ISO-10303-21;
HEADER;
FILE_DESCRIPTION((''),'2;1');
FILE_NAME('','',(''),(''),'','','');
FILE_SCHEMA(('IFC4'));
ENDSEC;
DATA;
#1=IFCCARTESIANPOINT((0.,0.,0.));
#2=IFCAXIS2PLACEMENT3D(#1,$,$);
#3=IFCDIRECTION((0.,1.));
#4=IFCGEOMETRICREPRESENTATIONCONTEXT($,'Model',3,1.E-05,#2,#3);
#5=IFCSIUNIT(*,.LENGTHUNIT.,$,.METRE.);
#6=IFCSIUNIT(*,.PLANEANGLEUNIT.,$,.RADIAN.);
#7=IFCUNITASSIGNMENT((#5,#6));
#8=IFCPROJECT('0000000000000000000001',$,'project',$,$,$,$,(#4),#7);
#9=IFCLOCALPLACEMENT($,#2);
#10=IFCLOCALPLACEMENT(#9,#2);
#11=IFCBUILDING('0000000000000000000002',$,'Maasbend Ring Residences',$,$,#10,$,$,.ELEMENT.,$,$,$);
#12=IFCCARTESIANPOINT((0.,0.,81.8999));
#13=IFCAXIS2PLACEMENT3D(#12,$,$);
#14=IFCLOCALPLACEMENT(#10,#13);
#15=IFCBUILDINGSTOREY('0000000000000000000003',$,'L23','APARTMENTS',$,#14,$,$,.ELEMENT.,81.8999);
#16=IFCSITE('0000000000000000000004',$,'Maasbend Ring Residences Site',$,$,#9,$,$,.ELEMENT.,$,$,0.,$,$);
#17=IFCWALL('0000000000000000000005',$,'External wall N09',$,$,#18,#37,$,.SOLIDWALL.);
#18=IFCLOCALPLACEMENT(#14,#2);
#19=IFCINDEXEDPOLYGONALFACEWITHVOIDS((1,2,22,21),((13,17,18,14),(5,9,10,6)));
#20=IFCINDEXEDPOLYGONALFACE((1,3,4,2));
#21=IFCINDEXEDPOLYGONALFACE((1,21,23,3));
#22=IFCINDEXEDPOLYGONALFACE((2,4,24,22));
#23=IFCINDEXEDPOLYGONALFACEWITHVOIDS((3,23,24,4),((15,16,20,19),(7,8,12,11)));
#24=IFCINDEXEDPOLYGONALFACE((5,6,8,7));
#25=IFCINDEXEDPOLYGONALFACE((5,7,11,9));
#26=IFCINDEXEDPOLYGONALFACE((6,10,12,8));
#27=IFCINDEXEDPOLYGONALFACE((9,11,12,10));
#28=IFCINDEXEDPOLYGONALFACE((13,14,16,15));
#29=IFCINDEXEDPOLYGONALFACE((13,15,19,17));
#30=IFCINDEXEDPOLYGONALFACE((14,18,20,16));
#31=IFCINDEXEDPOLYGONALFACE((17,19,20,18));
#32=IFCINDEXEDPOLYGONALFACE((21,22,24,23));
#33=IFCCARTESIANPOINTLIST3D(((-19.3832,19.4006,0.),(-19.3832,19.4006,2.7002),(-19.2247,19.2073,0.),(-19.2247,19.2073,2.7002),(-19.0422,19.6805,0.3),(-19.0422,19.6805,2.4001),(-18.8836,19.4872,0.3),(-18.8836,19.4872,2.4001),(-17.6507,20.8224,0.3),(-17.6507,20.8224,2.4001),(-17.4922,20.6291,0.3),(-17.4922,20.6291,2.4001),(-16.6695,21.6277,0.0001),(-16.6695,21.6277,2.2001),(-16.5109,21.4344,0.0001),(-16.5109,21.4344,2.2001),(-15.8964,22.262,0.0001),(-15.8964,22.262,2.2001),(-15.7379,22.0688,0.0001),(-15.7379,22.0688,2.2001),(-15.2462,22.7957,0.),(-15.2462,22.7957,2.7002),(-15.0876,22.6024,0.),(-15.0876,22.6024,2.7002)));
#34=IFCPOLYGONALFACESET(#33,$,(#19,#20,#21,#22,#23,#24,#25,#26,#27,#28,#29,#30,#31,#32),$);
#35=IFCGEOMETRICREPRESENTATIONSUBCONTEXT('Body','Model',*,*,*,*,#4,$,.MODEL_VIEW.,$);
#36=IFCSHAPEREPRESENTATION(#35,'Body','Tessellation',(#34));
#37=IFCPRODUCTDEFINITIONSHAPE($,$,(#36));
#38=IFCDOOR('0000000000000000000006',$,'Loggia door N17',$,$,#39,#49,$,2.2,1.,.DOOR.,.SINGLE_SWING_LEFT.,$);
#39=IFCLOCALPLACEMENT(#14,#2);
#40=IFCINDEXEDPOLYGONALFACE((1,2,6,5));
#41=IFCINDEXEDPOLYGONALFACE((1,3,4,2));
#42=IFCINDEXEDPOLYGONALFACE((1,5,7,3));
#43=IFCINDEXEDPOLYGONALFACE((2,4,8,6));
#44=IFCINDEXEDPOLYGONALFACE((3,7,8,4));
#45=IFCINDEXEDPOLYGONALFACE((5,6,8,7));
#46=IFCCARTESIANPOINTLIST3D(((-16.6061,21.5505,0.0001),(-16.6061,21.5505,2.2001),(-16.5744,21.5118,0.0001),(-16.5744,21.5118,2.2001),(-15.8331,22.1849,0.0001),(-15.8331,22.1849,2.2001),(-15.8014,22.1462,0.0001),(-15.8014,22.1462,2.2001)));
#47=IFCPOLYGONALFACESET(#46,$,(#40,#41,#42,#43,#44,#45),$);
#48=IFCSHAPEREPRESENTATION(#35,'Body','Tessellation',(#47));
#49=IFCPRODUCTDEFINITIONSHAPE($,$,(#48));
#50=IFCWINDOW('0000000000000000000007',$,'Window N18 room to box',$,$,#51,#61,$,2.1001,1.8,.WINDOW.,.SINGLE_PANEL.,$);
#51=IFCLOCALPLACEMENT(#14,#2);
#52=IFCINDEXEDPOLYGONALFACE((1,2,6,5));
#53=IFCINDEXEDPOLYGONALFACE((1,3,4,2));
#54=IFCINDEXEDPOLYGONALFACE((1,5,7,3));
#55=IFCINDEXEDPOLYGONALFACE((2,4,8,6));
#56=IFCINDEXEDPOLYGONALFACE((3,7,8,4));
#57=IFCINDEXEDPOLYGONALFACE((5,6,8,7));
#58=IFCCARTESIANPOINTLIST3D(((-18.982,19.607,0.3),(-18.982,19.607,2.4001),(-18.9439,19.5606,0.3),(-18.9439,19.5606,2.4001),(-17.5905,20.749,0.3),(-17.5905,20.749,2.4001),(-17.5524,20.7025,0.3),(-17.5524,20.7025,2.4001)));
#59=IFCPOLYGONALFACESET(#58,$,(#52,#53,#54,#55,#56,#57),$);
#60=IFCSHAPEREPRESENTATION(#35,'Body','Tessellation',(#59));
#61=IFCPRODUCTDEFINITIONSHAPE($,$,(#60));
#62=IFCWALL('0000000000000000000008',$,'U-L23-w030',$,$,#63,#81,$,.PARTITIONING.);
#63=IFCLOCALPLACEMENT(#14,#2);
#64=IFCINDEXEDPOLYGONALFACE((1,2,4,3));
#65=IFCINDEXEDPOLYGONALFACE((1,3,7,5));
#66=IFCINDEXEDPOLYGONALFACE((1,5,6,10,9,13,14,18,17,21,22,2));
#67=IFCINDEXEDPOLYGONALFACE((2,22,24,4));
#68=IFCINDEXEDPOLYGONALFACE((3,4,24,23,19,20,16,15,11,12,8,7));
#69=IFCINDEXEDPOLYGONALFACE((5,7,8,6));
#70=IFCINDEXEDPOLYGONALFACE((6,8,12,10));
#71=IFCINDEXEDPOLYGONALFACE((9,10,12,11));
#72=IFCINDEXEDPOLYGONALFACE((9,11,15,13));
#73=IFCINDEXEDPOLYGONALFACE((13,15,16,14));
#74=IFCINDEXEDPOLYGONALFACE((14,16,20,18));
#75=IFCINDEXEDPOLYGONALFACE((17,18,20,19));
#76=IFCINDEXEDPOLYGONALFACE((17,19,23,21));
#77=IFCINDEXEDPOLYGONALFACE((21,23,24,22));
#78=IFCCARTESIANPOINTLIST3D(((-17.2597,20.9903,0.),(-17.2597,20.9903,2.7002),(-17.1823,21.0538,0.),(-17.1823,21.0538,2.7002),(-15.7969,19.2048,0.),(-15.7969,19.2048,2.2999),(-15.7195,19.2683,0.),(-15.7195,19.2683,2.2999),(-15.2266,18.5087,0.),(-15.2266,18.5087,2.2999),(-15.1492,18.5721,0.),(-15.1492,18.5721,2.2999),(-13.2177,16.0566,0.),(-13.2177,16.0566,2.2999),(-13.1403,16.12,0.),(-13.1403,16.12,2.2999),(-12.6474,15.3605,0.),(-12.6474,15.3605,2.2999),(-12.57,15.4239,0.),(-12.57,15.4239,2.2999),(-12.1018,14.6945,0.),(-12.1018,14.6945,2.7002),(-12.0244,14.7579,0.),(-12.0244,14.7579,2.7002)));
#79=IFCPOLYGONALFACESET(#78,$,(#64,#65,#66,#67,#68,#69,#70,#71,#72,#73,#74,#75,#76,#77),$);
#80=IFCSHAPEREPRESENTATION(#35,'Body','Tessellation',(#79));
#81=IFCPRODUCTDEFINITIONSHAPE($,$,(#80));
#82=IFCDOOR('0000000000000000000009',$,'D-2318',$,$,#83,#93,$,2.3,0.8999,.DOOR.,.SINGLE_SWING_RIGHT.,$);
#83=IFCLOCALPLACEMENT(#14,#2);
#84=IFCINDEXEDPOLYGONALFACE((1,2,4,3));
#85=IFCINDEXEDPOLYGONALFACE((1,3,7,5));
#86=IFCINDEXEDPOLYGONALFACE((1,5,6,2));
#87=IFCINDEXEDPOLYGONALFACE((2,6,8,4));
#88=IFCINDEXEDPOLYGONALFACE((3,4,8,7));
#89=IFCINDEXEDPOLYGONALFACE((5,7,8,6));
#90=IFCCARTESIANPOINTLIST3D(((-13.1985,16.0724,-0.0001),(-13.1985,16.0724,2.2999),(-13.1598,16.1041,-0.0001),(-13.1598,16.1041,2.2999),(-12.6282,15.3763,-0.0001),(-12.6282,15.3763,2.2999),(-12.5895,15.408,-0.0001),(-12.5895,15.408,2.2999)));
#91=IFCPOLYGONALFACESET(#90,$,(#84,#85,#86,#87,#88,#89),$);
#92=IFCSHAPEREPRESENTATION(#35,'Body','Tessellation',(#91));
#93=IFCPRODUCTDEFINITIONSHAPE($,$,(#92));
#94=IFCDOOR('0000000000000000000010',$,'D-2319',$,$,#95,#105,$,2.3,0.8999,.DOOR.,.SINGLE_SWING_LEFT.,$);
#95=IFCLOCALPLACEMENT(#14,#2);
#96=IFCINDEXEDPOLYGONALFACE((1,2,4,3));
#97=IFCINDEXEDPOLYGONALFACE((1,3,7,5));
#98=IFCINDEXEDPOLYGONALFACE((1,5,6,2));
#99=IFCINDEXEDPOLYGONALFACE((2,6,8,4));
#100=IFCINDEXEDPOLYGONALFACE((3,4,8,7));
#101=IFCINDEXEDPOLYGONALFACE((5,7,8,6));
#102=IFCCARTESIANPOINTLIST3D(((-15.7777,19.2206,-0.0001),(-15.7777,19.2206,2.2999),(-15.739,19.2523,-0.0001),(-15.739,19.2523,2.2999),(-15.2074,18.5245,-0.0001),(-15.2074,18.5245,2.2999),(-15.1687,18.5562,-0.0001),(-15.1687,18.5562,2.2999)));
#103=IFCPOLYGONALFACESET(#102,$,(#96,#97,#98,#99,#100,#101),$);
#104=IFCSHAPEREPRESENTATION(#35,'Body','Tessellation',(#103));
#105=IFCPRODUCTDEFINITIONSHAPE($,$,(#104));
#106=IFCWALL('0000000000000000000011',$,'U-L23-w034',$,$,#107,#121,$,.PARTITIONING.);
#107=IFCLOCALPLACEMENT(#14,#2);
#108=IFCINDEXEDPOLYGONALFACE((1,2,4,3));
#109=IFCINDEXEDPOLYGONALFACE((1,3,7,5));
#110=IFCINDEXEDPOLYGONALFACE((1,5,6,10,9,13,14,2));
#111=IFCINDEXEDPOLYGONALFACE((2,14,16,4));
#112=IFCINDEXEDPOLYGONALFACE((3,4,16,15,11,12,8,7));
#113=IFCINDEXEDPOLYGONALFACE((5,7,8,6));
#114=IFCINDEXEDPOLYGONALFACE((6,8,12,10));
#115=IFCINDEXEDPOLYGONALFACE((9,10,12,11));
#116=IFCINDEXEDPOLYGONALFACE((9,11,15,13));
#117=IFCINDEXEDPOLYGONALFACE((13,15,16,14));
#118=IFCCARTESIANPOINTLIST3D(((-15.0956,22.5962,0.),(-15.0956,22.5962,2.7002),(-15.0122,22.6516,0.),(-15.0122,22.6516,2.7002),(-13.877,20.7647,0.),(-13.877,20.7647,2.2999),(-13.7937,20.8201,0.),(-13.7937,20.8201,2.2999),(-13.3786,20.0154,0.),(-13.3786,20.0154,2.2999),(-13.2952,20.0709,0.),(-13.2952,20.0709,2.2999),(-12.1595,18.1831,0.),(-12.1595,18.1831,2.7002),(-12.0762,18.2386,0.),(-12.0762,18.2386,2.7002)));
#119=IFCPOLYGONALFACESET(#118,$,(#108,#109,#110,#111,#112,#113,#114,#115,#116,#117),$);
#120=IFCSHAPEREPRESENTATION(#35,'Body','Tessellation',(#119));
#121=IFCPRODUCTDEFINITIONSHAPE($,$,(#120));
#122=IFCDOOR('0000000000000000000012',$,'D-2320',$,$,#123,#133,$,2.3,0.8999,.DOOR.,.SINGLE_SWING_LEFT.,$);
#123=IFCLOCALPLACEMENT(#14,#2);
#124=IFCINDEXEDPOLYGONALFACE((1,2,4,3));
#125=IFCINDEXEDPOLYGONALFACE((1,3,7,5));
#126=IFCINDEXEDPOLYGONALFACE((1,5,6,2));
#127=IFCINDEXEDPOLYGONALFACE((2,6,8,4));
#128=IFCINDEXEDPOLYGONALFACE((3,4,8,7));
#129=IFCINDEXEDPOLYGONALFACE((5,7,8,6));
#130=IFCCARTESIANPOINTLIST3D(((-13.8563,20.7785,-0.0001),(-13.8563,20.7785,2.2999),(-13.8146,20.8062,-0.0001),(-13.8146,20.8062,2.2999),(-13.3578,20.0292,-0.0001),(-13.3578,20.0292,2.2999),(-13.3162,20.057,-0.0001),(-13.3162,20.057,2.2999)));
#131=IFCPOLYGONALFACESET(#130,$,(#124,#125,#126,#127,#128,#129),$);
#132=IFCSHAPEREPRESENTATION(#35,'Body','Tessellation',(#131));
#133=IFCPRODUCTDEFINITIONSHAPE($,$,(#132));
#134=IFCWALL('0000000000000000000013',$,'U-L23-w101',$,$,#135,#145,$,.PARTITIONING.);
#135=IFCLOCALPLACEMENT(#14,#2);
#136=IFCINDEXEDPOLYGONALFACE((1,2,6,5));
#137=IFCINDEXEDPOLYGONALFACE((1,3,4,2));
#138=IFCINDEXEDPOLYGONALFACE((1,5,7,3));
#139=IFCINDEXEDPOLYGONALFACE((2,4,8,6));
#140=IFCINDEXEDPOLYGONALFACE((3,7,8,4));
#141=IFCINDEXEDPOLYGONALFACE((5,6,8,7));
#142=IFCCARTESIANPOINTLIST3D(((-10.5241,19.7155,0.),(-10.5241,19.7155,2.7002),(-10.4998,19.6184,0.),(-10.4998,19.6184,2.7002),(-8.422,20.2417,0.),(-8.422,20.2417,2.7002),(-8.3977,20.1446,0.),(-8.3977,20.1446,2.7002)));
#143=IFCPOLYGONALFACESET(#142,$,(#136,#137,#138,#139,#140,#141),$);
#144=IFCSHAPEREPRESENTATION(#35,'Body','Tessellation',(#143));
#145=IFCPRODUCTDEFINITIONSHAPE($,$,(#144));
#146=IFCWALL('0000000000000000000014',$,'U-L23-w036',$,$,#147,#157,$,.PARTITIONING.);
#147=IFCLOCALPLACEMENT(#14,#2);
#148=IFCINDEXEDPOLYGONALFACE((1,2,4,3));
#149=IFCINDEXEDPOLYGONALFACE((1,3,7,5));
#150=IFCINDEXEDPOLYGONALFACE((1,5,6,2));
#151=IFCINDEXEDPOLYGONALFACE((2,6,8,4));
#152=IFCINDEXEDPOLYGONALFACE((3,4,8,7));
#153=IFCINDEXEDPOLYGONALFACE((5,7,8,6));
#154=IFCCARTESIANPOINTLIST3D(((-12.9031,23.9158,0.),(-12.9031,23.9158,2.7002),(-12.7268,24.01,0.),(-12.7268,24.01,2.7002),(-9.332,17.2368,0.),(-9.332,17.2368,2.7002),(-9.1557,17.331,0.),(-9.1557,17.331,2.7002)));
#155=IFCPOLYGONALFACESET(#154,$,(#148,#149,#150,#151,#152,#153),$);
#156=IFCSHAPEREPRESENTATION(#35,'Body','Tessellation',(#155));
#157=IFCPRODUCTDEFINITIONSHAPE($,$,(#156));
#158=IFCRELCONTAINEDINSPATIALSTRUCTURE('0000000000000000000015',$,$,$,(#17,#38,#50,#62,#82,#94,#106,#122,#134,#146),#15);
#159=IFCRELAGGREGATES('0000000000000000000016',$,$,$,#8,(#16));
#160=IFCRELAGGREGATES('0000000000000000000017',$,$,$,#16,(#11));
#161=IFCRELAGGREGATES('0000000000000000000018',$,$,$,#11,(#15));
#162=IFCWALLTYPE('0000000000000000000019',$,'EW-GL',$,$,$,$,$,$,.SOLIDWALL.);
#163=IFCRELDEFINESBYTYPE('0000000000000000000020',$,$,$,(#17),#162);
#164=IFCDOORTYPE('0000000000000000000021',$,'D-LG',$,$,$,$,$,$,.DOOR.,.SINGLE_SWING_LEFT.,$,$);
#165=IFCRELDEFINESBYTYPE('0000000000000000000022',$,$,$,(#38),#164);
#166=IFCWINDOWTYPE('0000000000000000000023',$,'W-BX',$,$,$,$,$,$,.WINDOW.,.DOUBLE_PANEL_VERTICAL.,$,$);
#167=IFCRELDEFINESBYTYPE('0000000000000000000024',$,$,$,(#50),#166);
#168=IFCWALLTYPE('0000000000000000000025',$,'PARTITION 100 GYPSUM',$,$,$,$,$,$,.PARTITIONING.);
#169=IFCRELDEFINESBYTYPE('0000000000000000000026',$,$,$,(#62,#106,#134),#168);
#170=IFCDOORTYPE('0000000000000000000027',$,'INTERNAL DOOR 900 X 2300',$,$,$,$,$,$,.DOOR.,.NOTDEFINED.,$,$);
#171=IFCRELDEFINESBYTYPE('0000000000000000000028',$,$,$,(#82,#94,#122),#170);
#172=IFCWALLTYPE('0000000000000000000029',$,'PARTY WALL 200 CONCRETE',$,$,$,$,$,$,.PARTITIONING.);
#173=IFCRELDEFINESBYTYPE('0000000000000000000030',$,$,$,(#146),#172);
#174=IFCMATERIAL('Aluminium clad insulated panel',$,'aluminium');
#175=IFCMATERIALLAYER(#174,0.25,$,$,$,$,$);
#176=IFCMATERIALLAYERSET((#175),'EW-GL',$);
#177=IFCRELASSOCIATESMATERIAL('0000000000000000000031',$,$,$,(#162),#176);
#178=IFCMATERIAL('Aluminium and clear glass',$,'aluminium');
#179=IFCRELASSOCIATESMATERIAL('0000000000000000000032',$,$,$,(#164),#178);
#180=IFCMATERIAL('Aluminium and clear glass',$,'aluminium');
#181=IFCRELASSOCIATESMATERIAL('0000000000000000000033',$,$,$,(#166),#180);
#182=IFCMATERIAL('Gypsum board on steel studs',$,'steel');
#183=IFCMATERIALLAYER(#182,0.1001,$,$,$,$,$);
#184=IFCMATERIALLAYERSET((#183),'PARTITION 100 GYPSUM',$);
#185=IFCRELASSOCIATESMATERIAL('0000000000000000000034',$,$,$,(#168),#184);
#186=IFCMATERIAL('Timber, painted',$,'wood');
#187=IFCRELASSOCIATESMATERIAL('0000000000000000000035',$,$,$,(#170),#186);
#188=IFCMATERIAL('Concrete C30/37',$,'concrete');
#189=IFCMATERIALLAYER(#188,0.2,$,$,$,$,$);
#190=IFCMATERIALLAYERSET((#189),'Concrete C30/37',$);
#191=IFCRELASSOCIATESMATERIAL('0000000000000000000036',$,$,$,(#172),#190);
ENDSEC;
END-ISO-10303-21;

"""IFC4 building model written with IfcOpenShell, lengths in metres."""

from ifc_helpers import new_model, si_unit, direction, frame, frame_2d, origin, place, context, subcontext, project, spatial, rectangle, extrude, material, layer, layer_set, type_object, element, fill, save


model = new_model("IFC4")

# Units and contexts
model_context = context("Model", 3, precision=1e-05, world=origin(), true_north=direction((0.0, 1.0)))
body_context = subcontext(model_context, "Body", "Model", "MODEL_VIEW")
ifc_project = project(units=[si_unit("LENGTHUNIT", "METRE"), si_unit("PLANEANGLEUNIT", "RADIAN")], contexts=[model_context])

# Site, building, storey
site_placement = place(None, origin())
site = spatial("IfcSite", under=ifc_project, at=site_placement, Name="Maasbend Ring Residences Site", CompositionType="ELEMENT", RefElevation=0.0)
building_placement = place(site_placement, origin())
building = spatial("IfcBuilding", under=site, at=building_placement, Name="Maasbend Ring Residences", CompositionType="ELEMENT")
storey_placement = place(building_placement, frame((0.0, 0.0, 81.8999)))
storey = spatial("IfcBuildingStorey", under=building, at=storey_placement, Name="L23", Description="APARTMENTS", CompositionType="ELEMENT", Elevation=81.8999)

# Wall, openings, door, window
ifc_material_1 = material(Name="Aluminium clad insulated panel", Category="aluminium")
ifc_layer_1 = layer(ifc_material_1, 0.25)
ifc_layer_set_1 = layer_set([ifc_layer_1], Name="EW-GL")
wall_type_1 = type_object("IfcWallType", Name="EW-GL", PredefinedType="SOLIDWALL", material=ifc_layer_set_1)
wall_1_placement = place(storey_placement, frame((-15.167, 22.699, 0.0), z_axis=(0.0, 0.0, 1.0), x_axis=(-0.773019, -0.634382, 0.0)))
wall_1 = element("IfcWall", 1, at=wall_1_placement, inside=storey, type_object=wall_type_1, Name="External wall N09", PredefinedType="SOLIDWALL", context=body_context, shape_type="SweptSolid", body=[
    extrude(rectangle(XDim=5.3518, YDim=0.25, at=frame_2d((2.6758, 0.0))), origin(), (0.0, 0.0, 1.0), 2.7002),
])
opening_1_placement = place(wall_1_placement, frame((0.8411, 0.0, 0.0)))
opening_1 = element("IfcOpeningElement", 2, at=opening_1_placement, cuts=wall_1, PredefinedType="OPENING", context=body_context, shape_type="SweptSolid", body=[
    extrude(rectangle(XDim=1.0, YDim=2.2, at=frame_2d((0.5, 1.1001))), frame((0.0, 0.135, 0.0), z_axis=(0.0, -1.0, 0.0), x_axis=(1.0, 0.0, 0.0)), (0.0, 0.0, 1.0), 0.27),
])
opening_2_placement = place(wall_1_placement, frame((3.1106, 0.0, 0.3)))
opening_2 = element("IfcOpeningElement", 3, at=opening_2_placement, cuts=wall_1, PredefinedType="OPENING", context=body_context, shape_type="SweptSolid", body=[
    extrude(rectangle(XDim=1.8, YDim=2.1001, at=frame_2d((0.8999, 1.05))), frame((0.0, 0.135, 0.0), z_axis=(0.0, -1.0, 0.0), x_axis=(1.0, 0.0, 0.0)), (0.0, 0.0, 1.0), 0.27),
])
ifc_material_2 = material(Name="Aluminium and clear glass", Category="aluminium")
door_type_1 = type_object("IfcDoorType", Name="D-LG", OperationType="SINGLE_SWING_LEFT", PredefinedType="DOOR", material=ifc_material_2)
door_1_placement = place(opening_1_placement, origin())
door_1 = element("IfcDoor", 4, at=door_1_placement, inside=storey, type_object=door_type_1, Name="Loggia door N17", OperationType="SINGLE_SWING_LEFT", OverallHeight=2.2, OverallWidth=1.0, PredefinedType="DOOR", context=body_context, shape_type="SweptSolid", body=[
    extrude(rectangle(XDim=1.0, YDim=2.2, at=frame_2d((0.5, 1.1001))), frame((0.0, 0.0249, 0.0), z_axis=(0.0, -1.0, 0.0), x_axis=(1.0, 0.0, 0.0)), (0.0, 0.0, 1.0), 0.05),
])
fill(opening_1, door_1)
ifc_material_3 = material(Name="Aluminium and clear glass", Category="aluminium")
window_type_1 = type_object("IfcWindowType", Name="W-BX", PartitioningType="DOUBLE_PANEL_VERTICAL", PredefinedType="WINDOW", material=ifc_material_3)
window_1_placement = place(opening_2_placement, origin())
window_1 = element("IfcWindow", 5, at=window_1_placement, inside=storey, type_object=window_type_1, Name="Window N18 room to box", OverallHeight=2.1001, OverallWidth=1.8, PartitioningType="SINGLE_PANEL", PredefinedType="WINDOW", context=body_context, shape_type="SweptSolid", body=[
    extrude(rectangle(XDim=1.8, YDim=2.1001, at=frame_2d((0.8999, 1.05))), frame((0.0, 0.03, 0.0), z_axis=(0.0, -1.0, 0.0), x_axis=(1.0, 0.0, 0.0)), (0.0, 0.0, 1.0), 0.0601),
])
fill(opening_2, window_1)

# Wall, openings, doors
ifc_material_4 = material(Name="Gypsum board on steel studs", Category="steel")
ifc_layer_2 = layer(ifc_material_4, 0.1001)
ifc_layer_set_2 = layer_set([ifc_layer_2], Name="PARTITION 100 GYPSUM")
wall_type_2 = type_object("IfcWallType", Name="PARTITION 100 GYPSUM", PredefinedType="PARTITIONING", material=ifc_layer_set_2)
wall_2_placement = place(storey_placement, frame((-17.2209, 21.022, 0.0), z_axis=(0.0, 0.0, 1.0), x_axis=(0.633736, -0.77355, 0.0)))
wall_2 = element("IfcWall", 6, at=wall_2_placement, inside=storey, type_object=wall_type_2, Name="U-L23-w030", PredefinedType="PARTITIONING", context=body_context, shape_type="SweptSolid", body=[
    extrude(rectangle(XDim=8.1389, YDim=0.1001, at=frame_2d((4.0693, 0.0))), origin(), (0.0, 0.0, 1.0), 2.7002),
])
opening_3_placement = place(wall_2_placement, frame((6.3779, 0.0, 0.0)))
opening_3 = element("IfcOpeningElement", 7, at=opening_3_placement, cuts=wall_2, PredefinedType="OPENING", context=body_context, shape_type="SweptSolid", body=[
    extrude(rectangle(XDim=0.8999, YDim=2.3, at=frame_2d((0.45, 1.1499))), frame((0.0, 0.0601, 0.0), z_axis=(0.0, -1.0, 0.0), x_axis=(1.0, 0.0, 0.0)), (0.0, 0.0, 1.0), 0.1201),
])
opening_4_placement = place(wall_2_placement, frame((2.3081, 0.0, 0.0)))
opening_4 = element("IfcOpeningElement", 8, at=opening_4_placement, cuts=wall_2, PredefinedType="OPENING", context=body_context, shape_type="SweptSolid", body=[
    extrude(rectangle(XDim=0.8999, YDim=2.3, at=frame_2d((0.45, 1.1499))), frame((0.0, 0.0601, 0.0), z_axis=(0.0, -1.0, 0.0), x_axis=(1.0, 0.0, 0.0)), (0.0, 0.0, 1.0), 0.1201),
])
ifc_material_5 = material(Name="Timber, painted", Category="wood")
door_type_2 = type_object("IfcDoorType", Name="INTERNAL DOOR 900 X 2300", OperationType="NOTDEFINED", PredefinedType="DOOR", material=ifc_material_5)
door_2_placement = place(opening_3_placement, origin())
door_2 = element("IfcDoor", 9, at=door_2_placement, inside=storey, type_object=door_type_2, Name="D-2318", OperationType="SINGLE_SWING_RIGHT", OverallHeight=2.3, OverallWidth=0.8999, PredefinedType="DOOR", context=body_context, shape_type="SweptSolid", body=[
    extrude(rectangle(XDim=0.8999, YDim=2.3, at=frame_2d((0.45, 1.1499))), frame((0.0, 0.0249, 0.0), z_axis=(0.0, -1.0, 0.0), x_axis=(1.0, 0.0, 0.0)), (0.0, 0.0, 1.0), 0.05),
])
fill(opening_3, door_2)
door_3_placement = place(opening_4_placement, origin())
door_3 = element("IfcDoor", 10, at=door_3_placement, inside=storey, type_object=door_type_2, Name="D-2319", OperationType="SINGLE_SWING_LEFT", OverallHeight=2.3, OverallWidth=0.8999, PredefinedType="DOOR", context=body_context, shape_type="SweptSolid", body=[
    extrude(rectangle(XDim=0.8999, YDim=2.3, at=frame_2d((0.45, 1.1499))), frame((0.0, 0.0249, 0.0), z_axis=(0.0, -1.0, 0.0), x_axis=(1.0, 0.0, 0.0)), (0.0, 0.0, 1.0), 0.05),
])
fill(opening_4, door_3)

# Wall, opening, door
wall_3_placement = place(storey_placement, frame((-15.054, 22.624, 0.0), z_axis=(0.0, 0.0, 1.0), x_axis=(0.553913, -0.832574, 0.0)))
wall_3 = element("IfcWall", 11, at=wall_3_placement, inside=storey, type_object=wall_type_2, Name="U-L23-w034", PredefinedType="PARTITIONING", context=body_context, shape_type="SweptSolid", body=[
    extrude(rectangle(XDim=5.3005, YDim=0.1001, at=frame_2d((2.6504, 0.0))), origin(), (0.0, 0.0, 1.0), 2.7002),
])
opening_5_placement = place(wall_3_placement, frame((2.2, 0.0, 0.0)))
opening_5 = element("IfcOpeningElement", 12, at=opening_5_placement, cuts=wall_3, PredefinedType="OPENING", context=body_context, shape_type="SweptSolid", body=[
    extrude(rectangle(XDim=0.8999, YDim=2.3, at=frame_2d((0.45, 1.1499))), frame((0.0, 0.0601, 0.0), z_axis=(0.0, -1.0, 0.0), x_axis=(1.0, 0.0, 0.0)), (0.0, 0.0, 1.0), 0.1201),
])
door_4_placement = place(opening_5_placement, origin())
door_4 = element("IfcDoor", 13, at=door_4_placement, inside=storey, type_object=door_type_2, Name="D-2320", OperationType="SINGLE_SWING_LEFT", OverallHeight=2.3, OverallWidth=0.8999, PredefinedType="DOOR", context=body_context, shape_type="SweptSolid", body=[
    extrude(rectangle(XDim=0.8999, YDim=2.3, at=frame_2d((0.45, 1.1499))), frame((0.0, 0.0249, 0.0), z_axis=(0.0, -1.0, 0.0), x_axis=(1.0, 0.0, 0.0)), (0.0, 0.0, 1.0), 0.05),
])
fill(opening_5, door_4)

# Walls
wall_4_placement = place(storey_placement, frame((-10.512, 19.667, 0.0), z_axis=(0.0, 0.0, 1.0), x_axis=(0.970076, 0.242801, 0.0)))
element("IfcWall", 14, at=wall_4_placement, inside=storey, type_object=wall_type_2, Name="U-L23-w101", PredefinedType="PARTITIONING", context=body_context, shape_type="SweptSolid", body=[
    extrude(rectangle(XDim=2.167, YDim=0.1001, at=frame_2d((1.0835, 0.0))), origin(), (0.0, 0.0, 1.0), 2.7002),
])
ifc_material_6 = material(Name="Concrete C30/37", Category="concrete")
ifc_layer_3 = layer(ifc_material_6, 0.2)
ifc_layer_set_3 = layer_set([ifc_layer_3], Name="Concrete C30/37")
wall_type_3 = type_object("IfcWallType", Name="PARTY WALL 200 CONCRETE", PredefinedType="PARTITIONING", material=ifc_layer_set_3)
wall_5_placement = place(storey_placement, frame((-12.8149, 23.9629, 0.0), z_axis=(0.0, 0.0, 1.0), x_axis=(0.471507, -0.881863, 0.0)))
element("IfcWall", 15, at=wall_5_placement, inside=storey, type_object=wall_type_3, Name="U-L23-w036", PredefinedType="PARTITIONING", context=body_context, shape_type="SweptSolid", body=[
    extrude(rectangle(XDim=7.5737, YDim=0.2, at=frame_2d((3.7869, 0.0))), origin(), (0.0, 0.0, 1.0), 2.7002),
])

save(model, "model.ifc")
